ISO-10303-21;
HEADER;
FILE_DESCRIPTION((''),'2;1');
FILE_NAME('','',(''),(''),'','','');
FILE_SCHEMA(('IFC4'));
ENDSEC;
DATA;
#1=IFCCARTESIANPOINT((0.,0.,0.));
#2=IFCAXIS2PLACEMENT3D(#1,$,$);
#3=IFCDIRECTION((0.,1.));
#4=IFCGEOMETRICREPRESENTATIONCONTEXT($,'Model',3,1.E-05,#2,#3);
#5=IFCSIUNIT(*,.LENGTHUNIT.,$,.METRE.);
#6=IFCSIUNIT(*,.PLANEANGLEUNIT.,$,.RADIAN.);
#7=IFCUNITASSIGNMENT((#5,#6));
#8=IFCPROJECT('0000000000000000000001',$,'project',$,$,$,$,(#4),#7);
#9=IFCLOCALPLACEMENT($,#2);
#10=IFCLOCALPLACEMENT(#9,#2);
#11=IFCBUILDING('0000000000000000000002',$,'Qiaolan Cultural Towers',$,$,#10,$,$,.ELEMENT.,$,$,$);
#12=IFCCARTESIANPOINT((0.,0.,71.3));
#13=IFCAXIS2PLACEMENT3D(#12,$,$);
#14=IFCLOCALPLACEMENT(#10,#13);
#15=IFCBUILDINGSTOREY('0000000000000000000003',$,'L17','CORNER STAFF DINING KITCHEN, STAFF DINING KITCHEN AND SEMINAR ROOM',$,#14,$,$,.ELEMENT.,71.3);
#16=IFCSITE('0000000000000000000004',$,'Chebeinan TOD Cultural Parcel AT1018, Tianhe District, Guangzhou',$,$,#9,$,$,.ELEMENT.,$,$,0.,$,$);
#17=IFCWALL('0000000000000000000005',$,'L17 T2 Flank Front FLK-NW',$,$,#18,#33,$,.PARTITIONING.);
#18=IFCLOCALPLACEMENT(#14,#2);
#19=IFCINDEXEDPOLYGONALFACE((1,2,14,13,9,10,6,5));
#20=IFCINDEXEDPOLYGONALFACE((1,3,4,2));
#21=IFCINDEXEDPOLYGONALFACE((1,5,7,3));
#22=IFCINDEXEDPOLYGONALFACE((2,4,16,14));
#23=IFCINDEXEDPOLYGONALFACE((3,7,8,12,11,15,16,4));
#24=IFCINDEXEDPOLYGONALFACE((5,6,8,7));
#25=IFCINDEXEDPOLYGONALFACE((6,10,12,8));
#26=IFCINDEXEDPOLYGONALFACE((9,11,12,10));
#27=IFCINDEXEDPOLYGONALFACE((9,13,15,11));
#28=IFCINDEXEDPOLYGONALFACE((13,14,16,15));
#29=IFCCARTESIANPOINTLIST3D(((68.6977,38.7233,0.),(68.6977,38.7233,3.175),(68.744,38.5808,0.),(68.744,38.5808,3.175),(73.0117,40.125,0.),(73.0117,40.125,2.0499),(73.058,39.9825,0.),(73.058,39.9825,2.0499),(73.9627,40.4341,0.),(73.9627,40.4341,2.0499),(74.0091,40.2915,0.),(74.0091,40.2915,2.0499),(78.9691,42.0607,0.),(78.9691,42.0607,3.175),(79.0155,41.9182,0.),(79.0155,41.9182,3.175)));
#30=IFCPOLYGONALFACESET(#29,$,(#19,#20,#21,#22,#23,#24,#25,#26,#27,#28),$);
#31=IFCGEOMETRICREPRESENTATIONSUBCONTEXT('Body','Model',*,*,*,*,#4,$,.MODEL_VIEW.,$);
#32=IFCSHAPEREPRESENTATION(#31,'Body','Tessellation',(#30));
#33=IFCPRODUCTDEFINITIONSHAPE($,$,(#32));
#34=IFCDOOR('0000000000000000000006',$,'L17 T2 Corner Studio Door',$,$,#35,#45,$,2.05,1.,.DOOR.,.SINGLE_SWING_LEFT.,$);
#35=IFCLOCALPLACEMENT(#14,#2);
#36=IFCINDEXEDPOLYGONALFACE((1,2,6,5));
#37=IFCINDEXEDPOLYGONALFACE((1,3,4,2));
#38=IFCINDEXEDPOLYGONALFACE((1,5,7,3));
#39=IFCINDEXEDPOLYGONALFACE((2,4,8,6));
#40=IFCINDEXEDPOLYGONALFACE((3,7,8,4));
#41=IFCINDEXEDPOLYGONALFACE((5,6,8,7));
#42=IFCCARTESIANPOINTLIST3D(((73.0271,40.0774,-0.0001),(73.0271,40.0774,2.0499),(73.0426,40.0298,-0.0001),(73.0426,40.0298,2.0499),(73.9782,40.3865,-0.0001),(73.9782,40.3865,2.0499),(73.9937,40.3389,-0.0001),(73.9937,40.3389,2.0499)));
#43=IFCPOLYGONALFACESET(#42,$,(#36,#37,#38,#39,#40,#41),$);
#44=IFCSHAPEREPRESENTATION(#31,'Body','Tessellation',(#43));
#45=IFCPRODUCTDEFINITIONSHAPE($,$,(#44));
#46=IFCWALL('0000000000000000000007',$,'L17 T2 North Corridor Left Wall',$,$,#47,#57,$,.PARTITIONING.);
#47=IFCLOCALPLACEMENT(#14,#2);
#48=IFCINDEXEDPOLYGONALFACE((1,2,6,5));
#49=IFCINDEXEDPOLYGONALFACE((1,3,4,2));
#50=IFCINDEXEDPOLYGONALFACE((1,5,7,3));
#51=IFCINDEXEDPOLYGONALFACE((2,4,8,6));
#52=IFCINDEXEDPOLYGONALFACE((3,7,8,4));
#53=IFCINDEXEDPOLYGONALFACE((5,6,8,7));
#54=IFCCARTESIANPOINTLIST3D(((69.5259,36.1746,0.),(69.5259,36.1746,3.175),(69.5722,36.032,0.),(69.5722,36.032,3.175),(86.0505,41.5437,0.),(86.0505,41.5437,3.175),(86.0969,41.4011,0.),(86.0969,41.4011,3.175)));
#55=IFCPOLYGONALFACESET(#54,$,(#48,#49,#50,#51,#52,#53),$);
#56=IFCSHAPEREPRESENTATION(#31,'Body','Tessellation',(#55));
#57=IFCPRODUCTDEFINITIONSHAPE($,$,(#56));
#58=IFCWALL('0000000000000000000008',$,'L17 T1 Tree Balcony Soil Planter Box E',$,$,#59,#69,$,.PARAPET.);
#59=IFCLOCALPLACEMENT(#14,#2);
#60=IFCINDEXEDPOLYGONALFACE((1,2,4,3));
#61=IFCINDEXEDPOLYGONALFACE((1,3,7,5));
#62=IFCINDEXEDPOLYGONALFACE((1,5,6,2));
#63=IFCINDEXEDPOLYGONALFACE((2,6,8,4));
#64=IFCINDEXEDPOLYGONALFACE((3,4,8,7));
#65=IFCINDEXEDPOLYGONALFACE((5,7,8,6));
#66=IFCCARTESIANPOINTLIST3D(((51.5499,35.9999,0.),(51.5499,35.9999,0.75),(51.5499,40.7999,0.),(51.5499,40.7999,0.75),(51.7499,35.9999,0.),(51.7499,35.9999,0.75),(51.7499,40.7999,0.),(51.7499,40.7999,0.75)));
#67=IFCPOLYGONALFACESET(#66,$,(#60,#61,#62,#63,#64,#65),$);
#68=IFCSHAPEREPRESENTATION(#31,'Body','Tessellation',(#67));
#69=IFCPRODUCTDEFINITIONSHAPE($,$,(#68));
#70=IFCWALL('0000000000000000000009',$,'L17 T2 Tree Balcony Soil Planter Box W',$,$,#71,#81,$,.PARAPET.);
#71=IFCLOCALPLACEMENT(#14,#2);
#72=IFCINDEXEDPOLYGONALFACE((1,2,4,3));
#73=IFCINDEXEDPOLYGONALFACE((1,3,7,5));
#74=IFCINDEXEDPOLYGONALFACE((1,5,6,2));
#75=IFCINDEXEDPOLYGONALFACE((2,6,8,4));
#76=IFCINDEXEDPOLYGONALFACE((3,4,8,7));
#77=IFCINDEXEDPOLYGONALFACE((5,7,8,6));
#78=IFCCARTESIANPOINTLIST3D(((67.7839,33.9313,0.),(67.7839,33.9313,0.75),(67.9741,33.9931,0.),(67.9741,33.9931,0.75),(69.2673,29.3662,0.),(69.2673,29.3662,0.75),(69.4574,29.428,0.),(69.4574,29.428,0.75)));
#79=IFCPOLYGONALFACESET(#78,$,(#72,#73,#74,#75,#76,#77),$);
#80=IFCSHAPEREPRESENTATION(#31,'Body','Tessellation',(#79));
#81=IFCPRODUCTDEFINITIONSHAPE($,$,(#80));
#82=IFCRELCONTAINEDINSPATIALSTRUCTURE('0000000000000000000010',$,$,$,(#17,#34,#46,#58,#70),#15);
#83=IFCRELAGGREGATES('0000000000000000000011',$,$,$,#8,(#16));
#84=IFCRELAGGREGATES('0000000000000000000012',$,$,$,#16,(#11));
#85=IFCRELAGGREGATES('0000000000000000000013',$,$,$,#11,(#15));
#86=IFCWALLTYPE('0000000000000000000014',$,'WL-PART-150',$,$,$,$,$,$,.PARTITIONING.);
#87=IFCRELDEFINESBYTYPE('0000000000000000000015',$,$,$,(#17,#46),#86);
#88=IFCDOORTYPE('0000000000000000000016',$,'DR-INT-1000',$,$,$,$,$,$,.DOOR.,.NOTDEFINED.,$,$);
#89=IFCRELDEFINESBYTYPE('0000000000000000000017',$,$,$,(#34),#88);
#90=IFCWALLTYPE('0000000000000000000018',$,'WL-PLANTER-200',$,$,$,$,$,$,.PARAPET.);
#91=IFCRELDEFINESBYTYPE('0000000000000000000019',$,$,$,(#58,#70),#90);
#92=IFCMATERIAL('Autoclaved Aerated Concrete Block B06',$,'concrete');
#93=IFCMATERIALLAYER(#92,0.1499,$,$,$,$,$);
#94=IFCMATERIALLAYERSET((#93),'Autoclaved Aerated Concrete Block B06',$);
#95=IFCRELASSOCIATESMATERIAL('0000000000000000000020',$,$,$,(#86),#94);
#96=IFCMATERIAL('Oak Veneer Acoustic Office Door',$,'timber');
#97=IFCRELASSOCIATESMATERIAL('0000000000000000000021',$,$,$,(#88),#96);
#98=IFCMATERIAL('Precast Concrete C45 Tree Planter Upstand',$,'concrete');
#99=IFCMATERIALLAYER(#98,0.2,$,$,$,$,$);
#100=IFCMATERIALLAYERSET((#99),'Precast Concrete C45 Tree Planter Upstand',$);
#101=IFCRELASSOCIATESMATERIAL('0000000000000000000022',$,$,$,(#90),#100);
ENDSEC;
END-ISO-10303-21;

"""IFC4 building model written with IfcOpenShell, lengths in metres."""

from ifc_helpers import new_model, si_unit, direction, frame, frame_2d, origin, place, context, subcontext, project, spatial, rectangle, extrude, material, layer, layer_set, type_object, element, fill, save


model = new_model("IFC4")

# Units and contexts
model_context = context("Model", 3, precision=1e-05, world=origin(), true_north=direction((0.0, 1.0)))
body_context = subcontext(model_context, "Body", "Model", "MODEL_VIEW")
ifc_project = project(units=[si_unit("LENGTHUNIT", "METRE"), si_unit("PLANEANGLEUNIT", "RADIAN")], contexts=[model_context])

# Site, building, storey
site_placement = place(None, origin())
site = spatial("IfcSite", under=ifc_project, at=site_placement, Name="Chebeinan TOD Cultural Parcel AT1018, Tianhe District, Guangzhou", CompositionType="ELEMENT", RefElevation=0.0)
building_placement = place(site_placement, origin())
building = spatial("IfcBuilding", under=site, at=building_placement, Name="Qiaolan Cultural Towers", CompositionType="ELEMENT")
storey_placement = place(building_placement, frame((0.0, 0.0, 71.3)))
storey = spatial("IfcBuildingStorey", under=building, at=storey_placement, Name="L17", Description="CORNER STAFF DINING KITCHEN, STAFF DINING KITCHEN AND SEMINAR ROOM", CompositionType="ELEMENT", Elevation=71.3)

# Shared definitions
ifc_material_1 = material(Name="Autoclaved Aerated Concrete Block B06", Category="concrete")
ifc_layer_1 = layer(ifc_material_1, 0.1499)
ifc_layer_set_1 = layer_set([ifc_layer_1], Name="Autoclaved Aerated Concrete Block B06")
wall_type_1 = type_object("IfcWallType", Name="WL-PART-150", PredefinedType="PARTITIONING", material=ifc_layer_set_1)

# Wall, opening, door
wall_1_placement = place(storey_placement, frame((68.7209, 38.6521, 0.0), z_axis=(0.0, 0.0, 1.0), x_axis=(0.951057, 0.309017, 0.0)))
wall_1 = element("IfcWall", 1, at=wall_1_placement, inside=storey, type_object=wall_type_1, Name="L17 T2 Flank Front FLK-NW", PredefinedType="PARTITIONING", context=body_context, shape_type="SweptSolid", body=[
    extrude(rectangle(XDim=10.8, YDim=0.1499, at=frame_2d((5.3999, 0.0))), origin(), (0.0, 0.0, 1.0), 3.175),
])
opening_1_placement = place(wall_1_placement, frame((4.5359, 0.0, 0.0)))
opening_1 = element("IfcOpeningElement", 2, at=opening_1_placement, cuts=wall_1, PredefinedType="OPENING", context=body_context, shape_type="SweptSolid", body=[
    extrude(rectangle(XDim=1.0, YDim=2.05, at=frame_2d((0.5, 1.0249))), frame((0.0, 0.085, 0.0), z_axis=(0.0, -1.0, 0.0), x_axis=(1.0, 0.0, 0.0)), (0.0, 0.0, 1.0), 0.1699),
])
ifc_material_2 = material(Name="Oak Veneer Acoustic Office Door", Category="timber")
door_type_1 = type_object("IfcDoorType", Name="DR-INT-1000", OperationType="NOTDEFINED", PredefinedType="DOOR", material=ifc_material_2)
door_1_placement = place(opening_1_placement, origin())
door_1 = element("IfcDoor", 3, at=door_1_placement, inside=storey, type_object=door_type_1, Name="L17 T2 Corner Studio Door", OperationType="SINGLE_SWING_LEFT", OverallHeight=2.05, OverallWidth=1.0, PredefinedType="DOOR", context=body_context, shape_type="SweptSolid", body=[
    extrude(rectangle(XDim=1.0, YDim=2.05, at=frame_2d((0.5, 1.0249))), frame((0.0, 0.0249, 0.0), z_axis=(0.0, -1.0, 0.0), x_axis=(1.0, 0.0, 0.0)), (0.0, 0.0, 1.0), 0.05),
])
fill(opening_1, door_1)

# Walls
wall_2_placement = place(storey_placement, frame((69.5491, 36.1033, 0.0), z_axis=(0.0, 0.0, 1.0), x_axis=(0.951057, 0.309015, 0.0)))
element("IfcWall", 4, at=wall_2_placement, inside=storey, type_object=wall_type_1, Name="L17 T2 North Corridor Left Wall", PredefinedType="PARTITIONING", context=body_context, shape_type="SweptSolid", body=[
    extrude(rectangle(XDim=17.375, YDim=0.1499, at=frame_2d((8.6875, 0.0))), origin(), (0.0, 0.0, 1.0), 3.175),
])
ifc_material_3 = material(Name="Precast Concrete C45 Tree Planter Upstand", Category="concrete")
ifc_layer_2 = layer(ifc_material_3, 0.2)
ifc_layer_set_2 = layer_set([ifc_layer_2], Name="Precast Concrete C45 Tree Planter Upstand")
wall_type_2 = type_object("IfcWallType", Name="WL-PLANTER-200", PredefinedType="PARAPET", material=ifc_layer_set_2)
for number, where, z_axis, x_axis, name in (
    (5, (51.6499, 36.0, 0.0), (0.0, 0.0, 1.0), (0.0, 1.0, 0.0), "L17 T1 Tree Balcony Soil Planter Box E"),
    (6, (69.3623, 29.3972, 0.0), (0.0, 0.0, 1.0), (-0.309032, 0.951052, 0.0), "L17 T2 Tree Balcony Soil Planter Box W"),
):
    element("IfcWall", number, at=place(storey_placement, frame(where, z_axis=z_axis, x_axis=x_axis)), inside=storey, type_object=wall_type_2, Name=name, PredefinedType="PARAPET", context=body_context, shape_type="SweptSolid", body=[
        extrude(rectangle(XDim=4.8, YDim=0.2, at=frame_2d((2.3999, 0.0))), origin(), (0.0, 0.0, 1.0), 0.75),
    ])

save(model, "model.ifc")
